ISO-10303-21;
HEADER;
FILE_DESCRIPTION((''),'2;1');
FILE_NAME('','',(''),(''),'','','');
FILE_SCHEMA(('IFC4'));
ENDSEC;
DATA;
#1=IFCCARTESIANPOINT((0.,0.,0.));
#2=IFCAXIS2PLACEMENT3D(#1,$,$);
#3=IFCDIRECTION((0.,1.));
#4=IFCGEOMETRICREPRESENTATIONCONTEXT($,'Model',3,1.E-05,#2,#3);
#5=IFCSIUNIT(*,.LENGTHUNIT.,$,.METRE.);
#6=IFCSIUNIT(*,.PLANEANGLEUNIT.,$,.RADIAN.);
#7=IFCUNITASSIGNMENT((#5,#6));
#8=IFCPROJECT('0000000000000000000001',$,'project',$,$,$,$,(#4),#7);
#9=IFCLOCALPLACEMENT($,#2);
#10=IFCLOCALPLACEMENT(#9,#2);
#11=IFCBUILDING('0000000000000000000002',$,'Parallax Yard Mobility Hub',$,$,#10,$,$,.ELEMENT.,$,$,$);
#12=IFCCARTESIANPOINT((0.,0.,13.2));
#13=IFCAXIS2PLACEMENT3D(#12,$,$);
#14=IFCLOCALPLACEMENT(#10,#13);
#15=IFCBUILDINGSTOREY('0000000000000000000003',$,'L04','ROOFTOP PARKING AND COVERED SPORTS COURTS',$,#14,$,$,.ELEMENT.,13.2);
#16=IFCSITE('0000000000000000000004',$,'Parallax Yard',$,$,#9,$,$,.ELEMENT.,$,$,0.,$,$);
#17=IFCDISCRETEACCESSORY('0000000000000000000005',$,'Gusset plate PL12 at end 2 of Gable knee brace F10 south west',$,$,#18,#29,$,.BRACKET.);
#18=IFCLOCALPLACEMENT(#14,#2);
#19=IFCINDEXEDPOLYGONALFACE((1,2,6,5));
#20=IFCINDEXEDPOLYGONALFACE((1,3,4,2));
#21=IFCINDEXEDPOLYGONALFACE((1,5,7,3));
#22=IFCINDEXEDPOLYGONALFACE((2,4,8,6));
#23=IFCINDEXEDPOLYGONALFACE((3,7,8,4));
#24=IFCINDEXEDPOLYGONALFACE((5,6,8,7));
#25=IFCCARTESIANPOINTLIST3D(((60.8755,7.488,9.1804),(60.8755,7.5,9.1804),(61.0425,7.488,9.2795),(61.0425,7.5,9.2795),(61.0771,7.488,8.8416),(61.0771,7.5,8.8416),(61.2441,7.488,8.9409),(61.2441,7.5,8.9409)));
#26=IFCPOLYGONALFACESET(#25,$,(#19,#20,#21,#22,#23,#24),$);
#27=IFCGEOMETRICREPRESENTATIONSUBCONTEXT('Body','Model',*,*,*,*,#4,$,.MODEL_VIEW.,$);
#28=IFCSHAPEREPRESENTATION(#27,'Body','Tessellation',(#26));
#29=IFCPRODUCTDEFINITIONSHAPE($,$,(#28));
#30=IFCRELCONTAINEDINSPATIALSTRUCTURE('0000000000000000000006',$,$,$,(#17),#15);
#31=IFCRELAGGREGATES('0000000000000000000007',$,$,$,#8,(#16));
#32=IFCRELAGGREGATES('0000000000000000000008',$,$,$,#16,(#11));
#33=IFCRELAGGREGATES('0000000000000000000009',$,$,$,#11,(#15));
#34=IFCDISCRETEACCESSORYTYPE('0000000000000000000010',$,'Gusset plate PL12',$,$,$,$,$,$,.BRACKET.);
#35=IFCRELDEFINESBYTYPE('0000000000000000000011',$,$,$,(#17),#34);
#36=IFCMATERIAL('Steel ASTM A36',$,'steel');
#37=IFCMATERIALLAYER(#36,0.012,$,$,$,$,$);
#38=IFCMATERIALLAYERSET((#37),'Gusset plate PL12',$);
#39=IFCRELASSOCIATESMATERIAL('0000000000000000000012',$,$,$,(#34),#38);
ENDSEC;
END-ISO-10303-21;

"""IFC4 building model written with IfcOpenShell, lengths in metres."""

from ifc_helpers import new_model, si_unit, direction, frame, origin, place, context, subcontext, project, spatial, polyline, outline, extrude, material, layer, layer_set, type_object, element, save


model = new_model("IFC4")

# Units and contexts
model_context = context("Model", 3, precision=1e-05, world=origin(), true_north=direction((0.0, 1.0)))
body_context = subcontext(model_context, "Body", "Model", "MODEL_VIEW")
ifc_project = project(units=[si_unit("LENGTHUNIT", "METRE"), si_unit("PLANEANGLEUNIT", "RADIAN")], contexts=[model_context])

# Site, building, storey
site_placement = place(None, origin())
site = spatial("IfcSite", under=ifc_project, at=site_placement, Name="Parallax Yard", CompositionType="ELEMENT", RefElevation=0.0)
building_placement = place(site_placement, origin())
building = spatial("IfcBuilding", under=site, at=building_placement, Name="Parallax Yard Mobility Hub", CompositionType="ELEMENT")
storey_placement = place(building_placement, frame((0.0, 0.0, 13.2)))
storey = spatial("IfcBuildingStorey", under=building, at=storey_placement, Name="L04", Description="ROOFTOP PARKING AND COVERED SPORTS COURTS", CompositionType="ELEMENT", Elevation=13.2)

# Discrete accessory
ifc_material_1 = material(Name="Steel ASTM A36", Category="steel")
ifc_layer_1 = layer(ifc_material_1, 0.012)
ifc_layer_set_1 = layer_set([ifc_layer_1], Name="Gusset plate PL12")
discrete_accessory_type = type_object("IfcDiscreteAccessoryType", Name="Gusset plate PL12", PredefinedType="BRACKET", material=ifc_layer_set_1)
for number, where, z_axis, x_axis, name in (
    (1, (61.0771, 7.5, 8.8416), (0.0, 1.0, 0.0), (-0.511397, 0.0, 0.859345), "Gusset plate PL12 at end 2 of Gable knee brace F10 south west"),
):
    element("IfcDiscreteAccessory", number, at=place(storey_placement, frame(where, z_axis=z_axis, x_axis=x_axis)), inside=storey, type_object=discrete_accessory_type, Name=name, PredefinedType="BRACKET", context=body_context, shape_type="SweptSolid", body=[
        extrude(outline(polyline([(0.0, 0.0), (0.3943, 0.0), (0.3941, 0.1942), (0.0, 0.1943), (0.0, 0.0)])), origin(), (0.0, 0.0, -1.0), 0.012),
    ])

save(model, "model.ifc")
